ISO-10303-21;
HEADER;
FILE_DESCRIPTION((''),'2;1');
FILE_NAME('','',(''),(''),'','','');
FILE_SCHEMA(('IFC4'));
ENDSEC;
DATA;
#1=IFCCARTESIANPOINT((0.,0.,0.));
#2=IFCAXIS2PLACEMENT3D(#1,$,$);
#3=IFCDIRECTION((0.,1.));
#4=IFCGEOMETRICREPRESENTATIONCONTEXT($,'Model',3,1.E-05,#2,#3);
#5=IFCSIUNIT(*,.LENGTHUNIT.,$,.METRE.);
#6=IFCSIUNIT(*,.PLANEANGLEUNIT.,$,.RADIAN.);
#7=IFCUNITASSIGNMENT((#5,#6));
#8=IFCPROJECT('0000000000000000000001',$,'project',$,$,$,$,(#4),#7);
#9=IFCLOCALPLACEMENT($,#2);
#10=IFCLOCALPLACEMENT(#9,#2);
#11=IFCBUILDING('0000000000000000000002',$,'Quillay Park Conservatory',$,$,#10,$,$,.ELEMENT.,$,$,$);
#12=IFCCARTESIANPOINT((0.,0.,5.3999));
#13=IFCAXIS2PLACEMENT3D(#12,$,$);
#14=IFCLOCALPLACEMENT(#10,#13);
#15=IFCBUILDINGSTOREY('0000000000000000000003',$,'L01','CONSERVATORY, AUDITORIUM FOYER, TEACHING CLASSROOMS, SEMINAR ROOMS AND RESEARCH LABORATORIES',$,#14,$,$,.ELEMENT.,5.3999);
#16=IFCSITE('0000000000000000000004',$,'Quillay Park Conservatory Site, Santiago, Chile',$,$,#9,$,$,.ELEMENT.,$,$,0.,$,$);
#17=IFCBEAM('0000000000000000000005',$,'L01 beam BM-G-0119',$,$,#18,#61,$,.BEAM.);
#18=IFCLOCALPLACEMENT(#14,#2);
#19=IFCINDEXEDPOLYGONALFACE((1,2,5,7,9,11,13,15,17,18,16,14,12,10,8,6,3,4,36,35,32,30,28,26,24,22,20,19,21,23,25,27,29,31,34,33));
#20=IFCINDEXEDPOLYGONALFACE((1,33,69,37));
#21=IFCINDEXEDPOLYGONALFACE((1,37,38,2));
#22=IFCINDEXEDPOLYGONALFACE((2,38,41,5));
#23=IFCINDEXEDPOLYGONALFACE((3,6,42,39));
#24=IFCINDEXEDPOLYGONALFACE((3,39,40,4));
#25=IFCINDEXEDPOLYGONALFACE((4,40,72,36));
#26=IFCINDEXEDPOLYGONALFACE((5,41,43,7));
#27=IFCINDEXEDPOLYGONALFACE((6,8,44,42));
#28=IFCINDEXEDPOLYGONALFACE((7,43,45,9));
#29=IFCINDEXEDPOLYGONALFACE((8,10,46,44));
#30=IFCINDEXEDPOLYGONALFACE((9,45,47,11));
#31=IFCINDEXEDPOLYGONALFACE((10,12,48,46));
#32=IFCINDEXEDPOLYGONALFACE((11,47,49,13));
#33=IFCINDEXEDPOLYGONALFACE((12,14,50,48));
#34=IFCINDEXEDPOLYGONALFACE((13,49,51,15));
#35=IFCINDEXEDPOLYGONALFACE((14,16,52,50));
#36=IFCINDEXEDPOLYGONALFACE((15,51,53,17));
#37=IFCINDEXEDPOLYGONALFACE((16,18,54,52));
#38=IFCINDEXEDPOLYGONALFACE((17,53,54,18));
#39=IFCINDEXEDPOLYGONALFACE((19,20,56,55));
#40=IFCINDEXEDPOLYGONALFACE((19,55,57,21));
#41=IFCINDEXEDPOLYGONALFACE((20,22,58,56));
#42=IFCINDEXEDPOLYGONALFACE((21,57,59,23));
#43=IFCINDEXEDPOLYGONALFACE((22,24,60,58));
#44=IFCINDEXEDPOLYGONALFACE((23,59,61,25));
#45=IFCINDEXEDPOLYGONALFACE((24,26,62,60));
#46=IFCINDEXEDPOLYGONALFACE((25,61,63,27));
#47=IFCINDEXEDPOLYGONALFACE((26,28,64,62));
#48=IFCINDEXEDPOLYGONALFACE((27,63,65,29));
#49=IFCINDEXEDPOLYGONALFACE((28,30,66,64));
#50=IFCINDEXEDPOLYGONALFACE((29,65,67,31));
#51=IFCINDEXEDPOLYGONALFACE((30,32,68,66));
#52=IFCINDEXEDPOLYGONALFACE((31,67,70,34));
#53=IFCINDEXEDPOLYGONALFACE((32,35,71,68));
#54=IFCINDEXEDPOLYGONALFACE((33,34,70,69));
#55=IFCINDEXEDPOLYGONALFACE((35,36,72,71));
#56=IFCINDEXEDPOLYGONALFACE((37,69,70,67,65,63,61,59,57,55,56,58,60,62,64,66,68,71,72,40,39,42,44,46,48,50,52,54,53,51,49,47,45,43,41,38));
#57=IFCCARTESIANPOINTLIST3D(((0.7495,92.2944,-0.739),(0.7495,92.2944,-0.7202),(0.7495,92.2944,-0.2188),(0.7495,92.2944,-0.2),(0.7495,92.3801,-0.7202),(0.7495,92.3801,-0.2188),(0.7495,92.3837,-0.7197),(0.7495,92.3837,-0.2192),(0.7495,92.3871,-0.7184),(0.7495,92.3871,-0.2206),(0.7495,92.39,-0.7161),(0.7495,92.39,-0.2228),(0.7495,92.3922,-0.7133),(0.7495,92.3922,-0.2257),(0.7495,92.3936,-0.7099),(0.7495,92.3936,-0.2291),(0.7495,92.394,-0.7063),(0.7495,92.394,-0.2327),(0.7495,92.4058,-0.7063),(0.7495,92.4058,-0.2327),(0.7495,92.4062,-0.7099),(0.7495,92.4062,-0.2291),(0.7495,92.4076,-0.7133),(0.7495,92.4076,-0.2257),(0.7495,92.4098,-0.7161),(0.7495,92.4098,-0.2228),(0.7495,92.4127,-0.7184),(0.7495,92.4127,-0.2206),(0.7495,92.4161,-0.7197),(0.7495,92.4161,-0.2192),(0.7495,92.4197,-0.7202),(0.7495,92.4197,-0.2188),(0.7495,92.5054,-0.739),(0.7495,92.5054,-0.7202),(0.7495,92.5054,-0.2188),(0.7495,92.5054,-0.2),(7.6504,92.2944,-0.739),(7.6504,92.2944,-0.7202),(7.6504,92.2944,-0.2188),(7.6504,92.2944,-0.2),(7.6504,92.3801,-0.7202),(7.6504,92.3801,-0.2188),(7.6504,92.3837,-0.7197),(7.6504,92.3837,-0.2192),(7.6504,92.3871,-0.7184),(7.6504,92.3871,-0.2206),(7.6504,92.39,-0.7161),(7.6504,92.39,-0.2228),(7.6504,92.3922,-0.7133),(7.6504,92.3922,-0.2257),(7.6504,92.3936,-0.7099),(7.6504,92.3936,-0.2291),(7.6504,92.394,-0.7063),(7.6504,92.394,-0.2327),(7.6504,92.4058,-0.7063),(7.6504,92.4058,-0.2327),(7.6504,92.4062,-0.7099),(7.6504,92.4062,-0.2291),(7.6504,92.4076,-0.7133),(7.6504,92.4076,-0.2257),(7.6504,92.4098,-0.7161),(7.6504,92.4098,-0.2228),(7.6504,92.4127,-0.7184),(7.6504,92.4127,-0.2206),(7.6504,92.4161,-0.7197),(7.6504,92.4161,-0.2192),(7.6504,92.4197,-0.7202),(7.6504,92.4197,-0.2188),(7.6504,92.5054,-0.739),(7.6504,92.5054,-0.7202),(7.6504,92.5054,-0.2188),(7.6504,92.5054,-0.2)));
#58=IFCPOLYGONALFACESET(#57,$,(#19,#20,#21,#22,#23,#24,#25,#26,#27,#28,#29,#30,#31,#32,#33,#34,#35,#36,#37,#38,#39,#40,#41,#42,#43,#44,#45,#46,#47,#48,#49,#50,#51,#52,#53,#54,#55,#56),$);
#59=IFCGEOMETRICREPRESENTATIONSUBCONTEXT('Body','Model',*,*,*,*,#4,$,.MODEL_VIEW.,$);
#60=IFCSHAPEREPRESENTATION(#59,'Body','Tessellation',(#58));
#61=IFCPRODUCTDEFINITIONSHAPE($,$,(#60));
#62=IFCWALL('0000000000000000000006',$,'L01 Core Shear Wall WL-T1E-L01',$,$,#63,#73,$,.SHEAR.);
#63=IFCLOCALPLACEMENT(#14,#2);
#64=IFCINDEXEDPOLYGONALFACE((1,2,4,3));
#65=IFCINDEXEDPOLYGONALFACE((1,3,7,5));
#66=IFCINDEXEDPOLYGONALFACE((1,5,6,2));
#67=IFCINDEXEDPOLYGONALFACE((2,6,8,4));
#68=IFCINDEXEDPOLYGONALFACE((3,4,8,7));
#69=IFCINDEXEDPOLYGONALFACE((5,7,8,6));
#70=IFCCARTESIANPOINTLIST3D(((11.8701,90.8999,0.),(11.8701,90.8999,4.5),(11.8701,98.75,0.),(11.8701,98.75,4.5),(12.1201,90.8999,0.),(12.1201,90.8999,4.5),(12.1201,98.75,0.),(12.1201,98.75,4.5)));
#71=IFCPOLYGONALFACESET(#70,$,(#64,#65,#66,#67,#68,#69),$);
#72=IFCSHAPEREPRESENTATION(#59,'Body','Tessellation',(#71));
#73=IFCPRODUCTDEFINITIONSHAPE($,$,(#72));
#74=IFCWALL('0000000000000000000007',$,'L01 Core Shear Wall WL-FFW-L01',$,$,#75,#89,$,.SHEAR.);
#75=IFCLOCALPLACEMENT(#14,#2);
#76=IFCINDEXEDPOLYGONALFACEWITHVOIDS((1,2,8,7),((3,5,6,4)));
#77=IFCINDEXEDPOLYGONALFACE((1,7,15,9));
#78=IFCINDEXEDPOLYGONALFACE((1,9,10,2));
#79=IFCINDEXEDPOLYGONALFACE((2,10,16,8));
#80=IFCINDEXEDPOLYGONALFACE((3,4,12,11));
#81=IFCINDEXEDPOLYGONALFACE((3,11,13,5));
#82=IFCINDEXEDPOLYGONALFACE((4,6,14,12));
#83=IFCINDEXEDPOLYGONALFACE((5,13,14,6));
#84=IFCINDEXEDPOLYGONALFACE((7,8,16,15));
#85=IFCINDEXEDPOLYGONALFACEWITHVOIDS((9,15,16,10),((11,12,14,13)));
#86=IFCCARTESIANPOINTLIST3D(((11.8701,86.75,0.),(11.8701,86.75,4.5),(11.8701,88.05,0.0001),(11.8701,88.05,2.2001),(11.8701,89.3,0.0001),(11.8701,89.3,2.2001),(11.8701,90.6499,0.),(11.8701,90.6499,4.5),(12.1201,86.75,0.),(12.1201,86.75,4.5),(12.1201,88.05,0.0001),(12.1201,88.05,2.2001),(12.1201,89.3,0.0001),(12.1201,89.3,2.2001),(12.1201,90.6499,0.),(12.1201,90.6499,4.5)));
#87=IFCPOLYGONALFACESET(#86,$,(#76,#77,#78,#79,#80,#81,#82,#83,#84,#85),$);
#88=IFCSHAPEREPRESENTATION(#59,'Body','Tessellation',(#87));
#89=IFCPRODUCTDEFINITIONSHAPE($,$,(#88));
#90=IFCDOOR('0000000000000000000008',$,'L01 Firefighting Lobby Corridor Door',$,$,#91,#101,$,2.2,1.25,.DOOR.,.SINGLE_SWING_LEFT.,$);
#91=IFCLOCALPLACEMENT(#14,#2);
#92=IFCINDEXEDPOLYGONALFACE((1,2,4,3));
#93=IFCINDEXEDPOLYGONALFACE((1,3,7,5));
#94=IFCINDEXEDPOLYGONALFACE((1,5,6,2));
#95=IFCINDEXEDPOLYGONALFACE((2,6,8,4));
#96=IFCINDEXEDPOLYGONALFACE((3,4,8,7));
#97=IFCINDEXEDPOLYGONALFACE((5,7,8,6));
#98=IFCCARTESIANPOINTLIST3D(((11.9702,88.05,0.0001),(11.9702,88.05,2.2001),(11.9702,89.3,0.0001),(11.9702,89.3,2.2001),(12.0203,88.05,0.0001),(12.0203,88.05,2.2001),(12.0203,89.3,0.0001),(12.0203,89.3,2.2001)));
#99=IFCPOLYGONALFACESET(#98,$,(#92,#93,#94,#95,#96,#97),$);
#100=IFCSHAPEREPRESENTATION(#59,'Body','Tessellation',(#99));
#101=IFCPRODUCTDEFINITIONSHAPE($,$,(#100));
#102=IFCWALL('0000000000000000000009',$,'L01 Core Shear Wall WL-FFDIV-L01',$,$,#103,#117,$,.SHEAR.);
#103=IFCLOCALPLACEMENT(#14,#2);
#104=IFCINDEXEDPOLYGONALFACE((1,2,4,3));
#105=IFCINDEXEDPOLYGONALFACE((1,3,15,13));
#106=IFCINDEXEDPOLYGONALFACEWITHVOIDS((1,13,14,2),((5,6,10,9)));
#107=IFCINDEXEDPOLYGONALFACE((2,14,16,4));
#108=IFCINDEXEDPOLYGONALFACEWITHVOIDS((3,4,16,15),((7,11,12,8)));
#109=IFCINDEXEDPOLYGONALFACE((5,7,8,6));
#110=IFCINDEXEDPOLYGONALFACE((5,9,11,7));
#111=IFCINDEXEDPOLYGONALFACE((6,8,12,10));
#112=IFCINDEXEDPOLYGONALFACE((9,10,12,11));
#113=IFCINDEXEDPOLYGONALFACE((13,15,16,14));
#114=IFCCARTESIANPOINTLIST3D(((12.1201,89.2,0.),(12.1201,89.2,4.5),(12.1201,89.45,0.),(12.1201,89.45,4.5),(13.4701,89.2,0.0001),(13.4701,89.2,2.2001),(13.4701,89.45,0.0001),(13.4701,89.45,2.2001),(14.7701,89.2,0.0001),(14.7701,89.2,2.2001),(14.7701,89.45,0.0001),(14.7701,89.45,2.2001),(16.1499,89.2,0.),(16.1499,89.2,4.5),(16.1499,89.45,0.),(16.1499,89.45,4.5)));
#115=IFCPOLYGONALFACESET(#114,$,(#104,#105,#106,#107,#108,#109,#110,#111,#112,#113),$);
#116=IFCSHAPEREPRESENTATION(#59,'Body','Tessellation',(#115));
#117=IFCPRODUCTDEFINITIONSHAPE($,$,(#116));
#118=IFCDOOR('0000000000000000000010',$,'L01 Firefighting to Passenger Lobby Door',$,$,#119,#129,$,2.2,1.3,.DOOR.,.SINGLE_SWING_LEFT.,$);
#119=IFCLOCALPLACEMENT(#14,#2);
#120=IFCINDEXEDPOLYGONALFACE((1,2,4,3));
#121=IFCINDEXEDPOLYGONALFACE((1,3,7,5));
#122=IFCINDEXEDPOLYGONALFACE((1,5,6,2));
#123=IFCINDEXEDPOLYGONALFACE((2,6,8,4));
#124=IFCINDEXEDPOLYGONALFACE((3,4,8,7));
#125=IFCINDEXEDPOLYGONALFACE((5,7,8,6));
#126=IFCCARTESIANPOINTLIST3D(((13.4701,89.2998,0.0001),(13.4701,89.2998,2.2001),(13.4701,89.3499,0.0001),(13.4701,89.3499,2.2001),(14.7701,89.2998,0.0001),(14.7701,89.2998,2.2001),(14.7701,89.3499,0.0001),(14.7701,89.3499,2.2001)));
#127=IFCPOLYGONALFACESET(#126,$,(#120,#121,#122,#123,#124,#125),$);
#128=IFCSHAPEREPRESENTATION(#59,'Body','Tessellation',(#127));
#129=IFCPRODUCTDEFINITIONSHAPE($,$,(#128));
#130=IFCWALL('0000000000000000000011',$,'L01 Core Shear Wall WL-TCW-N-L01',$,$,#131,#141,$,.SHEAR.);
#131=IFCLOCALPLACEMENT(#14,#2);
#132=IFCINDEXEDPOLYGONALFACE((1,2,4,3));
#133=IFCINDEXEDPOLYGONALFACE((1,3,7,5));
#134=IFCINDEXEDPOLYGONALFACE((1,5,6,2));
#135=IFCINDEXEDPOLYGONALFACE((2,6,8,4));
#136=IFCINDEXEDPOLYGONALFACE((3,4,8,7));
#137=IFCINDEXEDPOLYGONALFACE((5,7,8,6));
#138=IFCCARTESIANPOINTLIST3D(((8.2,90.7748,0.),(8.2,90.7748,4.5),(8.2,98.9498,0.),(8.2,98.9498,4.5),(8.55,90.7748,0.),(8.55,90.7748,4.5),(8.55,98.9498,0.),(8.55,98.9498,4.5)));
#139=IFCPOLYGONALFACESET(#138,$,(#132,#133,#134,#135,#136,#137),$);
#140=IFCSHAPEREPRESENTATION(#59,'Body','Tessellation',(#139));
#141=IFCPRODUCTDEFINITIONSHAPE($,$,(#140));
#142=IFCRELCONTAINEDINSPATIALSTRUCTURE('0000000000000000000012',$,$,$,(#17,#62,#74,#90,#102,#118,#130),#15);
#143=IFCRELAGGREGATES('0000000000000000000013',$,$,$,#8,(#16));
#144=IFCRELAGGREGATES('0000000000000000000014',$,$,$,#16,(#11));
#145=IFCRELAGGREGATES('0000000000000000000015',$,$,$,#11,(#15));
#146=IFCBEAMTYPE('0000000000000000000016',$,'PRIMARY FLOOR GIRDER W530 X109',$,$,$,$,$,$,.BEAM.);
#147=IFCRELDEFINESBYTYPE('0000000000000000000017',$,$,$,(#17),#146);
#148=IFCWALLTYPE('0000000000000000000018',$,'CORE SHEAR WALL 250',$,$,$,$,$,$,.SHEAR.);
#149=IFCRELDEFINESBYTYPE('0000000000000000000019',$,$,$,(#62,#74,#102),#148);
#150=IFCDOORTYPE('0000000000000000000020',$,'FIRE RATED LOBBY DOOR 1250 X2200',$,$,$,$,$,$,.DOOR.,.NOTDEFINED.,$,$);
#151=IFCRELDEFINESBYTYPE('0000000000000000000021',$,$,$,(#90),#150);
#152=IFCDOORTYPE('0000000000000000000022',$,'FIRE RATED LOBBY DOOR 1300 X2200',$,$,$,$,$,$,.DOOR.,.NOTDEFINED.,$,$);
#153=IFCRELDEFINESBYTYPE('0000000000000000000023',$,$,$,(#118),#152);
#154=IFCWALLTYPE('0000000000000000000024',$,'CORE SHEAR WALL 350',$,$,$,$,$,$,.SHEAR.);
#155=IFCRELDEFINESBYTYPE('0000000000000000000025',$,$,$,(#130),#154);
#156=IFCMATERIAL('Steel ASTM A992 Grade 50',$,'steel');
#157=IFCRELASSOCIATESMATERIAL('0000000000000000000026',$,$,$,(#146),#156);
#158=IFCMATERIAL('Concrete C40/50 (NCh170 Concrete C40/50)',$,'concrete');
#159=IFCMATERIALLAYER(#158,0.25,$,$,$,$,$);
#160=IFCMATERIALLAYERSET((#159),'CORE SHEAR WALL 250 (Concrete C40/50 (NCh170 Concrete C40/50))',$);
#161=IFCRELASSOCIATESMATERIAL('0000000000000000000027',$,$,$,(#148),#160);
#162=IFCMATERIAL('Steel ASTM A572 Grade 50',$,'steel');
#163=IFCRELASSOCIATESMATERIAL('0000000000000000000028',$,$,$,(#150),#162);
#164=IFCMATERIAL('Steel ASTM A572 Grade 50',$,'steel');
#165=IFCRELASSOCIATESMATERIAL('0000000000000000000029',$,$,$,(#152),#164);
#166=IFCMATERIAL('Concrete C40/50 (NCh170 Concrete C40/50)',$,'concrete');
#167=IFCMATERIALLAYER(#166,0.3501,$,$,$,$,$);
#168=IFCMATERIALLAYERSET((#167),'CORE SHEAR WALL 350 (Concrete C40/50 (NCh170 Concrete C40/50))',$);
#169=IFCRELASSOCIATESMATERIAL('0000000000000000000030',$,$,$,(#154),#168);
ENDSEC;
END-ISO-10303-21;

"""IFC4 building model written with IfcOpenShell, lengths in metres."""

from ifc_helpers import new_model, si_unit, direction, frame, frame_2d, origin, origin_2d, place, context, subcontext, project, spatial, rectangle, i_section, extrude, material, layer, layer_set, material_profile, profile_set, type_object, element, fill, save


model = new_model("IFC4")

# Units and contexts
model_context = context("Model", 3, precision=1e-05, world=origin(), true_north=direction((0.0, 1.0)))
body_context = subcontext(model_context, "Body", "Model", "MODEL_VIEW")
ifc_project = project(units=[si_unit("LENGTHUNIT", "METRE"), si_unit("PLANEANGLEUNIT", "RADIAN")], contexts=[model_context])

# Site, building, storey
site_placement = place(None, origin())
site = spatial("IfcSite", under=ifc_project, at=site_placement, Name="Quillay Park Conservatory Site, Santiago, Chile", CompositionType="ELEMENT", RefElevation=0.0)
building_placement = place(site_placement, origin())
building = spatial("IfcBuilding", under=site, at=building_placement, Name="Quillay Park Conservatory", CompositionType="ELEMENT")
storey_placement = place(building_placement, frame((0.0, 0.0, 5.3999)))
storey = spatial("IfcBuildingStorey", under=building, at=storey_placement, Name="L01", Description="CONSERVATORY, AUDITORIUM FOYER, TEACHING CLASSROOMS, SEMINAR ROOMS AND RESEARCH LABORATORIES", CompositionType="ELEMENT", Elevation=5.3999)

# Beam
ifc_material_1 = material(Name="Steel ASTM A992 Grade 50", Category="steel")
ifc_material_profile_1 = material_profile(ifc_material_1, i_section(OverallWidth=0.2109, OverallDepth=0.5391, WebThickness=0.0117, FlangeThickness=0.0188, FilletRadius=0.0139, at=origin_2d()), Name="W530x109")
ifc_profile_set_1 = profile_set([ifc_material_profile_1], Name="Steel ASTM A992 Grade 50")
beam_type_1 = type_object("IfcBeamType", Name="PRIMARY FLOOR GIRDER W530 X109", PredefinedType="BEAM", material=ifc_profile_set_1)
beam_1_placement = place(storey_placement, frame((0.7495, 92.3999, -0.4695), z_axis=(1.0, 0.0, 0.0), x_axis=(0.0, 1.0, 0.0)))
element("IfcBeam", 1, at=beam_1_placement, inside=storey, type_object=beam_type_1, Name="L01 beam BM-G-0119", PredefinedType="BEAM", context=body_context, shape_type="SweptSolid", body=[
    extrude(i_section(OverallWidth=0.2109, OverallDepth=0.5391, WebThickness=0.0117, FlangeThickness=0.0188, FilletRadius=0.0139, at=origin_2d()), origin(), (0.0, 0.0, 1.0), 6.9009),
])

# Wall
ifc_material_2 = material(Name="Concrete C40/50 (NCh170 Concrete C40/50)", Category="concrete")
ifc_layer_1 = layer(ifc_material_2, 0.25)
ifc_layer_set_1 = layer_set([ifc_layer_1], Name="CORE SHEAR WALL 250 (Concrete C40/50 (NCh170 Concrete C40/50))")
wall_type_1 = type_object("IfcWallType", Name="CORE SHEAR WALL 250", PredefinedType="SHEAR", material=ifc_layer_set_1)
wall_1_placement = place(storey_placement, frame((11.9951, 90.8999, 0.0), z_axis=(0.0, 0.0, 1.0), x_axis=(0.0, 1.0, 0.0)))
element("IfcWall", 2, at=wall_1_placement, inside=storey, type_object=wall_type_1, Name="L01 Core Shear Wall WL-T1E-L01", PredefinedType="SHEAR", context=body_context, shape_type="SweptSolid", body=[
    extrude(rectangle(XDim=7.8501, YDim=0.25, at=frame_2d((3.925, 0.0))), origin(), (0.0, 0.0, 1.0), 4.5),
])

# Walls, openings, doors
wall_2_placement = place(storey_placement, frame((11.9951, 86.75, 0.0), z_axis=(0.0, 0.0, 1.0), x_axis=(0.0, 1.0, 0.0)))
wall_2 = element("IfcWall", 3, at=wall_2_placement, inside=storey, type_object=wall_type_1, Name="L01 Core Shear Wall WL-FFW-L01", PredefinedType="SHEAR", context=body_context, shape_type="SweptSolid", body=[
    extrude(rectangle(XDim=3.8999, YDim=0.25, at=frame_2d((1.95, 0.0))), origin(), (0.0, 0.0, 1.0), 4.5),
])
opening_1_placement = place(wall_2_placement, frame((1.3, 0.0, 0.0)))
opening_1 = element("IfcOpeningElement", 4, at=opening_1_placement, cuts=wall_2, PredefinedType="OPENING", context=body_context, shape_type="SweptSolid", body=[
    extrude(rectangle(XDim=1.25, YDim=2.2, at=frame_2d((0.625, 1.1001))), frame((0.0, 0.125, 0.0), z_axis=(0.0, -1.0, 0.0), x_axis=(1.0, 0.0, 0.0)), (0.0, 0.0, 1.0), 0.25),
])
ifc_material_3 = material(Name="Steel ASTM A572 Grade 50", Category="steel")
door_type_1 = type_object("IfcDoorType", Name="FIRE RATED LOBBY DOOR 1250 X2200", OperationType="NOTDEFINED", PredefinedType="DOOR", material=ifc_material_3)
door_1_placement = place(opening_1_placement, origin())
door_1 = element("IfcDoor", 5, at=door_1_placement, inside=storey, type_object=door_type_1, Name="L01 Firefighting Lobby Corridor Door", OperationType="SINGLE_SWING_LEFT", OverallHeight=2.2, OverallWidth=1.25, PredefinedType="DOOR", context=body_context, shape_type="SweptSolid", body=[
    extrude(rectangle(XDim=1.25, YDim=2.2, at=frame_2d((0.625, 1.1001))), frame((0.0, 0.0249, 0.0), z_axis=(0.0, -1.0, 0.0), x_axis=(1.0, 0.0, 0.0)), (0.0, 0.0, 1.0), 0.05),
])
fill(opening_1, door_1)
wall_3_placement = place(storey_placement, frame((12.1201, 89.325, 0.0), z_axis=(0.0, 0.0, 1.0), x_axis=(1.0, 0.0, 0.0)))
wall_3 = element("IfcWall", 6, at=wall_3_placement, inside=storey, type_object=wall_type_1, Name="L01 Core Shear Wall WL-FFDIV-L01", PredefinedType="SHEAR", context=body_context, shape_type="SweptSolid", body=[
    extrude(rectangle(XDim=4.0298, YDim=0.25, at=frame_2d((2.0149, 0.0))), origin(), (0.0, 0.0, 1.0), 4.5),
])
opening_2_placement = place(wall_3_placement, frame((1.3501, 0.0, 0.0)))
opening_2 = element("IfcOpeningElement", 7, at=opening_2_placement, cuts=wall_3, PredefinedType="OPENING", context=body_context, shape_type="SweptSolid", body=[
    extrude(rectangle(XDim=1.3, YDim=2.2, at=frame_2d((0.6499, 1.1001))), frame((0.0, 0.125, 0.0), z_axis=(0.0, -1.0, 0.0), x_axis=(1.0, 0.0, 0.0)), (0.0, 0.0, 1.0), 0.25),
])
ifc_material_4 = material(Name="Steel ASTM A572 Grade 50", Category="steel")
door_type_2 = type_object("IfcDoorType", Name="FIRE RATED LOBBY DOOR 1300 X2200", OperationType="NOTDEFINED", PredefinedType="DOOR", material=ifc_material_4)
door_2_placement = place(opening_2_placement, origin())
door_2 = element("IfcDoor", 8, at=door_2_placement, inside=storey, type_object=door_type_2, Name="L01 Firefighting to Passenger Lobby Door", OperationType="SINGLE_SWING_LEFT", OverallHeight=2.2, OverallWidth=1.3, PredefinedType="DOOR", context=body_context, shape_type="SweptSolid", body=[
    extrude(rectangle(XDim=1.3, YDim=2.2, at=frame_2d((0.6499, 1.1001))), frame((0.0, 0.0249, 0.0), z_axis=(0.0, -1.0, 0.0), x_axis=(1.0, 0.0, 0.0)), (0.0, 0.0, 1.0), 0.05),
])
fill(opening_2, door_2)

# Wall
ifc_material_5 = material(Name="Concrete C40/50 (NCh170 Concrete C40/50)", Category="concrete")
ifc_layer_2 = layer(ifc_material_5, 0.3501)
ifc_layer_set_2 = layer_set([ifc_layer_2], Name="CORE SHEAR WALL 350 (Concrete C40/50 (NCh170 Concrete C40/50))")
wall_type_2 = type_object("IfcWallType", Name="CORE SHEAR WALL 350", PredefinedType="SHEAR", material=ifc_layer_set_2)
wall_4_placement = place(storey_placement, frame((8.375, 90.7749, 0.0), z_axis=(0.0, 0.0, 1.0), x_axis=(0.0, 1.0, 0.0)))
element("IfcWall", 9, at=wall_4_placement, inside=storey, type_object=wall_type_2, Name="L01 Core Shear Wall WL-TCW-N-L01", PredefinedType="SHEAR", context=body_context, shape_type="SweptSolid", body=[
    extrude(rectangle(XDim=8.175, YDim=0.3501, at=frame_2d((4.0874, 0.0))), origin(), (0.0, 0.0, 1.0), 4.5),
])

save(model, "model.ifc")
